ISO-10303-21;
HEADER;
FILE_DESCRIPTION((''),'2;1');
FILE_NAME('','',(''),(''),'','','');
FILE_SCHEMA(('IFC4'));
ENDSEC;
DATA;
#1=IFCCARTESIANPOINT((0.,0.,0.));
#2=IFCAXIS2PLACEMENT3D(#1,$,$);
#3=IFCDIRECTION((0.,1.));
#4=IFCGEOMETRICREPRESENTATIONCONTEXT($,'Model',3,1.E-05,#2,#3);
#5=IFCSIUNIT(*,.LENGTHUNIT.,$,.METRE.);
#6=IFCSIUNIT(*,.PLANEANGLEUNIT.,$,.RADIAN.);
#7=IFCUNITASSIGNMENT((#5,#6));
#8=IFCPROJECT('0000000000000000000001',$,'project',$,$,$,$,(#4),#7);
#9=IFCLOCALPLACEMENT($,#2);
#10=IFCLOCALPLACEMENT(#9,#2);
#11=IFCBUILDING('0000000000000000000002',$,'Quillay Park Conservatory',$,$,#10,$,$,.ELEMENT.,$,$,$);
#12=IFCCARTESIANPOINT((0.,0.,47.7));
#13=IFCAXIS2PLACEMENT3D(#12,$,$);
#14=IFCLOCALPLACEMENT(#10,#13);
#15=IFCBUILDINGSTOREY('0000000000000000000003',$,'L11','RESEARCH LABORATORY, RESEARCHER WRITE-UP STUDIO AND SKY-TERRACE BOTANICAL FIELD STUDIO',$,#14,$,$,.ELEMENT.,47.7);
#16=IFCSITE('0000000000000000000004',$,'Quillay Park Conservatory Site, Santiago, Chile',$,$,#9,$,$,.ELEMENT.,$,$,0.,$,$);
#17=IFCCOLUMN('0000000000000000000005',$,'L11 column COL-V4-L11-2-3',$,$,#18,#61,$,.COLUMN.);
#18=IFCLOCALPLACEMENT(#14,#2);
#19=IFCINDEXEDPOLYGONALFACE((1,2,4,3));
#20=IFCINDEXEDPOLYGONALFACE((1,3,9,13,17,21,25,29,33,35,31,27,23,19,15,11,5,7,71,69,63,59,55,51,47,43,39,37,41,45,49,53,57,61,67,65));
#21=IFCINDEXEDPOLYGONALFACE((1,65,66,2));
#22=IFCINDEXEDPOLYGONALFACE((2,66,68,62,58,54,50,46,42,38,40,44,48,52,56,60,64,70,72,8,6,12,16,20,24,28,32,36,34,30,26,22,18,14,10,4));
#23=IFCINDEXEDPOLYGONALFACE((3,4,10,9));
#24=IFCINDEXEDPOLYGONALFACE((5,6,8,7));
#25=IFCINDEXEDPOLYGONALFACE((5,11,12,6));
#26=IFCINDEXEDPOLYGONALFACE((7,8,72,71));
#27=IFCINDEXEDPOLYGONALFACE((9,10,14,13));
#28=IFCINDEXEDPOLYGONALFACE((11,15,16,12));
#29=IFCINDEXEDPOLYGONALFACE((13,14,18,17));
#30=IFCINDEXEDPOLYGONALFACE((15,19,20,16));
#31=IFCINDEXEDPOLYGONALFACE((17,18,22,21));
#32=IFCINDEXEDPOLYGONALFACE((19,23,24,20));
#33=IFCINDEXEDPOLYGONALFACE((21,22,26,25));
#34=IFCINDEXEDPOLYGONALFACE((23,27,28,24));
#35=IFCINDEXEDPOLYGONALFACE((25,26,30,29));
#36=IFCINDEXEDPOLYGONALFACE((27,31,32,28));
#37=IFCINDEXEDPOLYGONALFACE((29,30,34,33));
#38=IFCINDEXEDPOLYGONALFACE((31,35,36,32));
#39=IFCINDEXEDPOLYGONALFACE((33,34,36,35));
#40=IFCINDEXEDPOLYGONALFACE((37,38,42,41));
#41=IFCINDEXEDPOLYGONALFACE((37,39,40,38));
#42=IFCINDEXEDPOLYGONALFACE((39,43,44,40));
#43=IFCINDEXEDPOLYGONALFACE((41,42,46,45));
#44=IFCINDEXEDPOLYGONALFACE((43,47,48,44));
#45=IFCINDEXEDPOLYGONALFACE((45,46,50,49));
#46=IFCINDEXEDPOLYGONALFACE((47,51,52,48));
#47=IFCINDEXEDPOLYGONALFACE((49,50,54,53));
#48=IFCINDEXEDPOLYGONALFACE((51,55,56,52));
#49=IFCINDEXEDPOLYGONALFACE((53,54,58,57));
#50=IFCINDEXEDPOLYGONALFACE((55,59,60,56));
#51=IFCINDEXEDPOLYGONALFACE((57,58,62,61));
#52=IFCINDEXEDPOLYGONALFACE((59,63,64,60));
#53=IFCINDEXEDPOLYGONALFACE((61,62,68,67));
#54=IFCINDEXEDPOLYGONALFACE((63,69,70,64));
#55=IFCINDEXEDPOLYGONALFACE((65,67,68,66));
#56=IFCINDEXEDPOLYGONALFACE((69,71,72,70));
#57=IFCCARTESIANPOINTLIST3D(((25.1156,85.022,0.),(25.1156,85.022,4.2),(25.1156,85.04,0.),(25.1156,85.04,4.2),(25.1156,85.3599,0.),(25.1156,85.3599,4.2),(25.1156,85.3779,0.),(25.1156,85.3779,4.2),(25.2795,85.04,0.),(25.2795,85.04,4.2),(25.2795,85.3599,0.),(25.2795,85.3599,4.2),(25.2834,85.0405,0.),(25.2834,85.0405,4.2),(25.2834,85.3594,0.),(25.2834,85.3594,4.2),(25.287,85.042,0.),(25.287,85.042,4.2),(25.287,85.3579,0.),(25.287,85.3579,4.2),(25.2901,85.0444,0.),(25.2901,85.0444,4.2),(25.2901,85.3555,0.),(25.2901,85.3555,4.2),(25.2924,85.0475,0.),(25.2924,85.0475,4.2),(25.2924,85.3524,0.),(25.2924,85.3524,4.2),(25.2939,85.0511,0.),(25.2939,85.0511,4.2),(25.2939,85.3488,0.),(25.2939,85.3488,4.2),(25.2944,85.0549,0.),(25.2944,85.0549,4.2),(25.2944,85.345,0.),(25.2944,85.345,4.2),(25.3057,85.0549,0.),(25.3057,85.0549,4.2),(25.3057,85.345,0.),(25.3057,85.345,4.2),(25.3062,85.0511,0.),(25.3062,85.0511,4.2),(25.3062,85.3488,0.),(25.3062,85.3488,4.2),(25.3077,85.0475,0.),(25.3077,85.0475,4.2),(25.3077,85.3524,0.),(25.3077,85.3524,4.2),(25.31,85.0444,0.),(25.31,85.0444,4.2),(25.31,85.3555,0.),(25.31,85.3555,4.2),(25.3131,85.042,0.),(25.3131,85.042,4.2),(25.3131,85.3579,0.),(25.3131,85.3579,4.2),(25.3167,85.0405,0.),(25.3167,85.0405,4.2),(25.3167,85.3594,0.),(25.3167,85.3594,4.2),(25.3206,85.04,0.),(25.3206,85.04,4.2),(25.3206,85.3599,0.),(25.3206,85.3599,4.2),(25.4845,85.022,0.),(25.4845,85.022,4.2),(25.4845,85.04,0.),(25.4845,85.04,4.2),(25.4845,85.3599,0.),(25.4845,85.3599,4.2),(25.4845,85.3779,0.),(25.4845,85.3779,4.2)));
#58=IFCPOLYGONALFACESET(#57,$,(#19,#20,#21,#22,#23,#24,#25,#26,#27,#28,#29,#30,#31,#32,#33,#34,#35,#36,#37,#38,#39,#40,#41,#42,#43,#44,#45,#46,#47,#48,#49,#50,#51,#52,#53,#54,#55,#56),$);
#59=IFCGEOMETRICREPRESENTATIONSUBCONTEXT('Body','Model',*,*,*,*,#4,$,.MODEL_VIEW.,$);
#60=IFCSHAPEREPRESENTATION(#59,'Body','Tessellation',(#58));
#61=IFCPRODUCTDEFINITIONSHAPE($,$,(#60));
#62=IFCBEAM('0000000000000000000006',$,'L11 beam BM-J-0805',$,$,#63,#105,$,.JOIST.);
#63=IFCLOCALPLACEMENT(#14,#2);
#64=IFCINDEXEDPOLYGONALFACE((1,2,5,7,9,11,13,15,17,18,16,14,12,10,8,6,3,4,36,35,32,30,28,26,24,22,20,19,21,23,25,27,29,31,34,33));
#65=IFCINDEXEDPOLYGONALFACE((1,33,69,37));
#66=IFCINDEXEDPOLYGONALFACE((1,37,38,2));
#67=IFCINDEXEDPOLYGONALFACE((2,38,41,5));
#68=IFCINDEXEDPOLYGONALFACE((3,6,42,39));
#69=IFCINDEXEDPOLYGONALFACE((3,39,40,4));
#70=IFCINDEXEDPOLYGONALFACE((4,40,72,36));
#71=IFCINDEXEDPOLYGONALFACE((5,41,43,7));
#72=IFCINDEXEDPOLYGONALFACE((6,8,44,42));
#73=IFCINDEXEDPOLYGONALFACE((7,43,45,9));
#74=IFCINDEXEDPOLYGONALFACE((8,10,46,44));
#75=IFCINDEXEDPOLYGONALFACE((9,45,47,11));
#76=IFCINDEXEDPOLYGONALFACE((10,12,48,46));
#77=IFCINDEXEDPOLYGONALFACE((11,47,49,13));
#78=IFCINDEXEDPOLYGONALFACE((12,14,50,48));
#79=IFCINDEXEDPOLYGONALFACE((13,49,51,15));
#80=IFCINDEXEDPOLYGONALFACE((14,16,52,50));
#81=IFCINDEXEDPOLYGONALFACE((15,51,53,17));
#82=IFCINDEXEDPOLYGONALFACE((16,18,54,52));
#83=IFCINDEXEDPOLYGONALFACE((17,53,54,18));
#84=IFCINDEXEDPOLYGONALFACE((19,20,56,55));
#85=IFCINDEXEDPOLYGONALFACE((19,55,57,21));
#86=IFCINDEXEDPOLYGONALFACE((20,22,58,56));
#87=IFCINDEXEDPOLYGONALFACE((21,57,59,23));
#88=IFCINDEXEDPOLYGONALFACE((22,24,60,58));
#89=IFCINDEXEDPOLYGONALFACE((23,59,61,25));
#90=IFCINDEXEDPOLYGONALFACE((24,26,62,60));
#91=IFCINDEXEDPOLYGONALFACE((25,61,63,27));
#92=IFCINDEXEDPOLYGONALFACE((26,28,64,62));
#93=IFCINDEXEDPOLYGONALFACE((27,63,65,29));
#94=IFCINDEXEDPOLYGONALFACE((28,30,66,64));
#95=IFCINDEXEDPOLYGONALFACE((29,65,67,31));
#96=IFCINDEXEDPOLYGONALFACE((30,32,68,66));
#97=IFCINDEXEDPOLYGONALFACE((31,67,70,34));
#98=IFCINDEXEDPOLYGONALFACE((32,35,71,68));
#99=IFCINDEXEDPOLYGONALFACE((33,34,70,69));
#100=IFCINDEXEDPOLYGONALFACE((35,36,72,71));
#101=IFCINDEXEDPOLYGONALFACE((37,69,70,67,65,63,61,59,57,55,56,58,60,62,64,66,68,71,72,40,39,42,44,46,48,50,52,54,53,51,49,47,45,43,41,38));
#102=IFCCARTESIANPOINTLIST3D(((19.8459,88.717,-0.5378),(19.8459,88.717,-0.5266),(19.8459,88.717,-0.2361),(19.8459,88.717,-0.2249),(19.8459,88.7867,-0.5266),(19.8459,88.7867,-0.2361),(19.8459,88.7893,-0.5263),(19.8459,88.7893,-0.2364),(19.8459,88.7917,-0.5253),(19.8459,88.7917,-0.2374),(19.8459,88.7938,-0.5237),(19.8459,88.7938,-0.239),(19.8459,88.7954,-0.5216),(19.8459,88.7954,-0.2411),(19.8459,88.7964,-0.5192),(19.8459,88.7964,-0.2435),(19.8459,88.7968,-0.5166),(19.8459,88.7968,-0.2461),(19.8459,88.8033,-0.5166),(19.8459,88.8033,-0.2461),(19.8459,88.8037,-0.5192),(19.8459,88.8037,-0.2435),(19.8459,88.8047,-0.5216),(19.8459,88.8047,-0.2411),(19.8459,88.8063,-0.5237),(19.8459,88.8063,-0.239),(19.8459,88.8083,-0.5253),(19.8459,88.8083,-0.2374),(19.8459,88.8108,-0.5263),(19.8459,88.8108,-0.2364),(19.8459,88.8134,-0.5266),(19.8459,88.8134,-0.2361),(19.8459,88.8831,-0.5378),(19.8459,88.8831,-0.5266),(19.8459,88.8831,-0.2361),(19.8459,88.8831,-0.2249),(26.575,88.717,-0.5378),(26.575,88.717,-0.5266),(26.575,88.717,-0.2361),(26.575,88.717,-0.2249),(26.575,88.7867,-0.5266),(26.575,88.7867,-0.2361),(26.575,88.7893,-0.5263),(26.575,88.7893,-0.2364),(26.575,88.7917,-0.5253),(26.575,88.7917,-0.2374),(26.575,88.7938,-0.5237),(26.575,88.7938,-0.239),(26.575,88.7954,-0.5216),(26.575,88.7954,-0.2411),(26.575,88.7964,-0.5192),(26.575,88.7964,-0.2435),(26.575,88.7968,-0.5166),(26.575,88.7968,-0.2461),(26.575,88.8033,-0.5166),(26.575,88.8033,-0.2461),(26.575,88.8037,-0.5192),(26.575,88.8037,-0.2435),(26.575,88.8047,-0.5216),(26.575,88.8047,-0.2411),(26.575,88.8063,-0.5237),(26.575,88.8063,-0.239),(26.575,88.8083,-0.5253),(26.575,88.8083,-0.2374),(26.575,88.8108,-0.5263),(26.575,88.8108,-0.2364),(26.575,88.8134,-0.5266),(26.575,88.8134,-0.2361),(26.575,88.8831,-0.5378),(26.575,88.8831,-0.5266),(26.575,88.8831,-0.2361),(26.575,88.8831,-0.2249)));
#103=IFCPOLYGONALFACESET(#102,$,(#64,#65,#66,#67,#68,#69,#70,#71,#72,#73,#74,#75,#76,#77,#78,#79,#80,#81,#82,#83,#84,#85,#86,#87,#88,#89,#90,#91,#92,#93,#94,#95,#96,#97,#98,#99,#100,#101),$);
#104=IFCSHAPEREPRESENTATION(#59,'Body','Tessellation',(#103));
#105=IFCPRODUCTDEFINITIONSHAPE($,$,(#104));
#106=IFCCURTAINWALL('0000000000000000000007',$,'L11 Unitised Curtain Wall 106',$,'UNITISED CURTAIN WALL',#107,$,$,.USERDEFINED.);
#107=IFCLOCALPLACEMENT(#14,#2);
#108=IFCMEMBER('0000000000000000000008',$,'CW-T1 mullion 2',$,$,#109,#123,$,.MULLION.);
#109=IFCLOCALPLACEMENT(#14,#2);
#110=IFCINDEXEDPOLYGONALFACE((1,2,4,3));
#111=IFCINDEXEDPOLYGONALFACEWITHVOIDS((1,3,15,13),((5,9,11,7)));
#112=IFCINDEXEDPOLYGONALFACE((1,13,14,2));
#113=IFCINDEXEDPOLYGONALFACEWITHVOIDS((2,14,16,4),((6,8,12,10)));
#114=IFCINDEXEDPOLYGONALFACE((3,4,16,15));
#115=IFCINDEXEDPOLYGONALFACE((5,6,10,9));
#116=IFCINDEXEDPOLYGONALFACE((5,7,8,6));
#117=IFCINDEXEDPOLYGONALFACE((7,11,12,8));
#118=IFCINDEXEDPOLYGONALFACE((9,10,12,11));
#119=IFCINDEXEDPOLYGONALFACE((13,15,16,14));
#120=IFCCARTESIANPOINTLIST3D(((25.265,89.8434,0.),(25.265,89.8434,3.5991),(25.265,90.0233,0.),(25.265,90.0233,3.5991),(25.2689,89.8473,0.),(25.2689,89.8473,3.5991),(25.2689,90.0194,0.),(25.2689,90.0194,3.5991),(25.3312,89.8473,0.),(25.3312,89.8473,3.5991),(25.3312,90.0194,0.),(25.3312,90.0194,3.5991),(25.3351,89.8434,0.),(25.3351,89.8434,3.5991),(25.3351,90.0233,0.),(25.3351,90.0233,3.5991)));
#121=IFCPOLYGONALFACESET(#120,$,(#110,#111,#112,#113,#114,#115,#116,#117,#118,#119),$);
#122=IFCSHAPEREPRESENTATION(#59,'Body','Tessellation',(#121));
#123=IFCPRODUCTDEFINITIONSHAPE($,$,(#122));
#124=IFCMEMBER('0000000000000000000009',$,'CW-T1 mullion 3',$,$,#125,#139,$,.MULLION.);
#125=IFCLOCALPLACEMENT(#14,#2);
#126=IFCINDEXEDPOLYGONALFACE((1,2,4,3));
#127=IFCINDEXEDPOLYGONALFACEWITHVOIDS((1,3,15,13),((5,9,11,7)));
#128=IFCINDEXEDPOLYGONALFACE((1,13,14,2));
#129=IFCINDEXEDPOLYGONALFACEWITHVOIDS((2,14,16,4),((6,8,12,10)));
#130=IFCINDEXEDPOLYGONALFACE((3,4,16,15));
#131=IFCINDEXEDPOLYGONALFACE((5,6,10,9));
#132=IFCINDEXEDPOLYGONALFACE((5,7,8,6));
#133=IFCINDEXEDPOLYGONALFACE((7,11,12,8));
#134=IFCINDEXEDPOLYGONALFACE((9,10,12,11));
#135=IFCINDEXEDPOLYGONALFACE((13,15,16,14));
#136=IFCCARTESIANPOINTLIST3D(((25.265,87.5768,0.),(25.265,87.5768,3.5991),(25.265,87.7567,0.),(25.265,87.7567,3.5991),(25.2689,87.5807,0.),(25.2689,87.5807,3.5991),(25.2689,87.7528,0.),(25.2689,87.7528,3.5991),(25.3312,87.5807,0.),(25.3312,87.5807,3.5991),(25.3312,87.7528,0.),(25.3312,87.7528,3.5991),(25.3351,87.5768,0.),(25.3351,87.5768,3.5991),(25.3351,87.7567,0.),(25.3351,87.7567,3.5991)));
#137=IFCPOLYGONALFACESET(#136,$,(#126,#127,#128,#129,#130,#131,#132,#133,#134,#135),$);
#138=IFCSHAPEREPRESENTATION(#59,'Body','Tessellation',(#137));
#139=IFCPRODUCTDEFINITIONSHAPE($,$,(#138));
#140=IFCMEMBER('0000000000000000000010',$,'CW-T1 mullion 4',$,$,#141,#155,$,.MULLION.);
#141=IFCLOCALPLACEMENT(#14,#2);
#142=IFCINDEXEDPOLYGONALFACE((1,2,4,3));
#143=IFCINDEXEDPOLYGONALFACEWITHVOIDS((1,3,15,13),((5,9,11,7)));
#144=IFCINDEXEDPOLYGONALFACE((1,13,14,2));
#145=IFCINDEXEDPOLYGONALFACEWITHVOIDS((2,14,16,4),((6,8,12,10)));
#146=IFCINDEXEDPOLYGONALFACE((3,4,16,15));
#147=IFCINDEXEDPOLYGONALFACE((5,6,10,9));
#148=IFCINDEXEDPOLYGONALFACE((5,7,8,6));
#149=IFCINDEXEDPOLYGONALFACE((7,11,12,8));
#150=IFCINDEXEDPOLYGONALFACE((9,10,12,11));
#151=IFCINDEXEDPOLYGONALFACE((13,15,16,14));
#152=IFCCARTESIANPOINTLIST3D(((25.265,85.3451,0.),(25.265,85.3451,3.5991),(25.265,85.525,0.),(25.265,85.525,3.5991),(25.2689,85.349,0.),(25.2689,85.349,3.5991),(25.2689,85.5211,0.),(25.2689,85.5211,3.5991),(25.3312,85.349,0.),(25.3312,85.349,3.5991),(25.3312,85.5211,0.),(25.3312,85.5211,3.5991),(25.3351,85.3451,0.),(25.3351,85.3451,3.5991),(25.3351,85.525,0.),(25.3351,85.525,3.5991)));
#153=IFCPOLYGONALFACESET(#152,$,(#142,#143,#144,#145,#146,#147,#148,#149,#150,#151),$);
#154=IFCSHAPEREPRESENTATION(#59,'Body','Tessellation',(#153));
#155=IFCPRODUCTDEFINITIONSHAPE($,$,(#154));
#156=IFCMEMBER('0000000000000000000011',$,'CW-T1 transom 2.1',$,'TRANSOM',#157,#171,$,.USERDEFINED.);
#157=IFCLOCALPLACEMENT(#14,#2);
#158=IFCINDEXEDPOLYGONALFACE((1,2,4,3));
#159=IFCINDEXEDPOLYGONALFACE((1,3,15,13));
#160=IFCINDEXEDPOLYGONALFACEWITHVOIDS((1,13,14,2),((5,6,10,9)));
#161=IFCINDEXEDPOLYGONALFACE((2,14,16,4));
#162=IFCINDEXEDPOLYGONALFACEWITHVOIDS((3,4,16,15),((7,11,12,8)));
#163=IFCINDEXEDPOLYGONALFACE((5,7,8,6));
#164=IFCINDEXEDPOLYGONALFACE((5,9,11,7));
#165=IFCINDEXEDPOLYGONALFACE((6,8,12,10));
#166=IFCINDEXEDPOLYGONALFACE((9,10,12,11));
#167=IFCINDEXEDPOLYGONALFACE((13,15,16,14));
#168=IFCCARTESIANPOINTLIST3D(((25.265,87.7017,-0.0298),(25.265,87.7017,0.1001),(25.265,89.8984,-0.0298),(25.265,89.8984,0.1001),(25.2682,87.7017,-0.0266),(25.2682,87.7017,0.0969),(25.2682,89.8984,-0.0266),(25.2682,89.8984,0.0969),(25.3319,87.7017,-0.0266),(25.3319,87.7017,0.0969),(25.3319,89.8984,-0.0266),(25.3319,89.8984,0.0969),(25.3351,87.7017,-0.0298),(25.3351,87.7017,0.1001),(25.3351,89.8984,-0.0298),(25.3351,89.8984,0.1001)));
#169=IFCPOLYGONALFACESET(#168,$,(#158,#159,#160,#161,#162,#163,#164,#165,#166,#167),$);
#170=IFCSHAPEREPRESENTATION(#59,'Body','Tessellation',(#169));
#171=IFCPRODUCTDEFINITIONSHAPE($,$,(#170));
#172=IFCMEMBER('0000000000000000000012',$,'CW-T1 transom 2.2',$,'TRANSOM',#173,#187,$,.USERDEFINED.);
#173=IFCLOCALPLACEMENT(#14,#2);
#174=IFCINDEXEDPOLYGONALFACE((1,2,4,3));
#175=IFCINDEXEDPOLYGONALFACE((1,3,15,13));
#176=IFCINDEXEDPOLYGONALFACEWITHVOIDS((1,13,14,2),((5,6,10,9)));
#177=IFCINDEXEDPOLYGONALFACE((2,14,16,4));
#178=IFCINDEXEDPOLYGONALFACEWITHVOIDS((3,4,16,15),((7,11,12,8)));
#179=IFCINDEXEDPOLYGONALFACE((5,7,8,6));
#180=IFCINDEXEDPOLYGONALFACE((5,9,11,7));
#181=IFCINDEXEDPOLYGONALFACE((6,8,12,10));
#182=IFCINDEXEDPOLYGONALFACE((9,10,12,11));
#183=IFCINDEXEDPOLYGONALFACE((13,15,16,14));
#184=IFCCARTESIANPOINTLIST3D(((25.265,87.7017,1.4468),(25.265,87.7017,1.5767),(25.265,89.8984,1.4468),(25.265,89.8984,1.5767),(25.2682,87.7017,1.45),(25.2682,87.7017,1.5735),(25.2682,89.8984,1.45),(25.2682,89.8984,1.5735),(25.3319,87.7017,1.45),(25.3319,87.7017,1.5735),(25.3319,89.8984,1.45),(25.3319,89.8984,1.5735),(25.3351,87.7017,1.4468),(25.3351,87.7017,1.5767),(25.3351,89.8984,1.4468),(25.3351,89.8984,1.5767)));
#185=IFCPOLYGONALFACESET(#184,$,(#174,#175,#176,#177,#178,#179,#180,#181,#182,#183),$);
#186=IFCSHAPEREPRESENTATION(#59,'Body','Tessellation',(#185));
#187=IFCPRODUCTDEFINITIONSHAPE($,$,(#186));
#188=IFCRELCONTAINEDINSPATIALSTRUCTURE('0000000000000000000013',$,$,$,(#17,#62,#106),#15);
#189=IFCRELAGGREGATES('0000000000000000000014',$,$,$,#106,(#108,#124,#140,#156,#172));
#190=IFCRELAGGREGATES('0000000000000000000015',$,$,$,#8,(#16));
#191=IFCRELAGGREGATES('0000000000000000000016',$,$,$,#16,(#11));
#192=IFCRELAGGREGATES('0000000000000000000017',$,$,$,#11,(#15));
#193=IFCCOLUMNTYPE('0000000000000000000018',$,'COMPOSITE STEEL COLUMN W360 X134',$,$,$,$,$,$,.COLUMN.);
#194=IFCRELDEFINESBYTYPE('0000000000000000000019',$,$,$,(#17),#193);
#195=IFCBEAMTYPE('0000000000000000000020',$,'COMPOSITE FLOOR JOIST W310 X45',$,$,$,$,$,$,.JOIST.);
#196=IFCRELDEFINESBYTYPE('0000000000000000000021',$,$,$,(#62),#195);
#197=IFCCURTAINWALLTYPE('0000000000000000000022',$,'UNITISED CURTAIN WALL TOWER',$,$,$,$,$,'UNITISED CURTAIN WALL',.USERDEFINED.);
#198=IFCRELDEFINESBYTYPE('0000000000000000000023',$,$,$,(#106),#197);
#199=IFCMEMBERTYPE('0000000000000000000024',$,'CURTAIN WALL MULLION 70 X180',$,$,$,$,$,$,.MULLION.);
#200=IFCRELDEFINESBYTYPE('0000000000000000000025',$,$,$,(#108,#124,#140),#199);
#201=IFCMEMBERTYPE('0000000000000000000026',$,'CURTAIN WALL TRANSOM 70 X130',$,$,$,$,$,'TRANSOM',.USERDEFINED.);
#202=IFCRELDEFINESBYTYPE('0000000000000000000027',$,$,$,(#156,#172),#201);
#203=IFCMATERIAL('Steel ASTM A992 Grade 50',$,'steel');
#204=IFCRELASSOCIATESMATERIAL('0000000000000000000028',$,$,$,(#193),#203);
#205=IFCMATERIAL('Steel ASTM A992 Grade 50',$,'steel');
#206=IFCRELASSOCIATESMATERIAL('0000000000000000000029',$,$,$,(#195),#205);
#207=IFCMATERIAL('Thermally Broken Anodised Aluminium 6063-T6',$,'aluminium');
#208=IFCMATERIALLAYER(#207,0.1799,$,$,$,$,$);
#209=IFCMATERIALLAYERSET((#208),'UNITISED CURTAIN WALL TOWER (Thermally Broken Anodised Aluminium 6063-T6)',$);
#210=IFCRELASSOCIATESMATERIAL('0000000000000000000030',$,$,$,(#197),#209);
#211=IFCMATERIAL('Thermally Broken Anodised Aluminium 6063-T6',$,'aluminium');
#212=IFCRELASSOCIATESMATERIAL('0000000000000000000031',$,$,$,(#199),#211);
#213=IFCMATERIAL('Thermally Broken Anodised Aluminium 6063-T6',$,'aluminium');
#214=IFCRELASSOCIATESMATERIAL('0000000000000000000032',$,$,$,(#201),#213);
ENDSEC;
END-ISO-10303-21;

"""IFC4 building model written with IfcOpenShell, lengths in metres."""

from ifc_helpers import new_model, si_unit, direction, frame, origin, origin_2d, place, context, subcontext, project, spatial, hollow_rectangle, i_section, extrude, material, layer, layer_set, material_profile, profile_set, type_object, element, aggregate, save


model = new_model("IFC4")

# Units and contexts
model_context = context("Model", 3, precision=1e-05, world=origin(), true_north=direction((0.0, 1.0)))
body_context = subcontext(model_context, "Body", "Model", "MODEL_VIEW")
ifc_project = project(units=[si_unit("LENGTHUNIT", "METRE"), si_unit("PLANEANGLEUNIT", "RADIAN")], contexts=[model_context])

# Site, building, storey
site_placement = place(None, origin())
site = spatial("IfcSite", under=ifc_project, at=site_placement, Name="Quillay Park Conservatory Site, Santiago, Chile", CompositionType="ELEMENT", RefElevation=0.0)
building_placement = place(site_placement, origin())
building = spatial("IfcBuilding", under=site, at=building_placement, Name="Quillay Park Conservatory", CompositionType="ELEMENT")
storey_placement = place(building_placement, frame((0.0, 0.0, 47.7)))
storey = spatial("IfcBuildingStorey", under=building, at=storey_placement, Name="L11", Description="RESEARCH LABORATORY, RESEARCHER WRITE-UP STUDIO AND SKY-TERRACE BOTANICAL FIELD STUDIO", CompositionType="ELEMENT", Elevation=47.7)

# Column
ifc_material_1 = material(Name="Steel ASTM A992 Grade 50", Category="steel")
ifc_material_profile_1 = material_profile(ifc_material_1, i_section(OverallWidth=0.3689, OverallDepth=0.356, WebThickness=0.0112, FlangeThickness=0.0181, FilletRadius=0.0149, at=origin_2d()), Name="W360x134")
ifc_profile_set_1 = profile_set([ifc_material_profile_1], Name="Steel ASTM A992 Grade 50")
column_type = type_object("IfcColumnType", Name="COMPOSITE STEEL COLUMN W360 X134", PredefinedType="COLUMN", material=ifc_profile_set_1)
column_placement = place(storey_placement, frame((25.3, 85.2, 0.0), z_axis=(0.0, 0.0, 1.0), x_axis=(1.0, 0.0, 0.0)))
element("IfcColumn", 1, at=column_placement, inside=storey, type_object=column_type, Name="L11 column COL-V4-L11-2-3", PredefinedType="COLUMN", context=body_context, shape_type="SweptSolid", body=[
    extrude(i_section(OverallWidth=0.3689, OverallDepth=0.356, WebThickness=0.0112, FlangeThickness=0.0181, FilletRadius=0.0149, at=origin_2d()), origin(), (0.0, 0.0, 1.0), 4.2),
])

# Beam
ifc_material_2 = material(Name="Steel ASTM A992 Grade 50", Category="steel")
ifc_material_profile_2 = material_profile(ifc_material_2, i_section(OverallWidth=0.166, OverallDepth=0.313, WebThickness=0.0066, FlangeThickness=0.0112, FilletRadius=0.01, at=origin_2d()), Name="W310x45")
ifc_profile_set_2 = profile_set([ifc_material_profile_2], Name="Steel ASTM A992 Grade 50")
beam_type_1 = type_object("IfcBeamType", Name="COMPOSITE FLOOR JOIST W310 X45", PredefinedType="JOIST", material=ifc_profile_set_2)
beam_1_placement = place(storey_placement, frame((19.8459, 88.8, -0.3813), z_axis=(1.0, 0.0, 0.0), x_axis=(0.0, 1.0, 0.0)))
element("IfcBeam", 2, at=beam_1_placement, inside=storey, type_object=beam_type_1, Name="L11 beam BM-J-0805", PredefinedType="JOIST", context=body_context, shape_type="SweptSolid", body=[
    extrude(i_section(OverallWidth=0.166, OverallDepth=0.313, WebThickness=0.0066, FlangeThickness=0.0112, FilletRadius=0.01, at=origin_2d()), origin(), (0.0, 0.0, 1.0), 6.729),
])

# Curtain wall, members
ifc_material_3 = material(Name="Thermally Broken Anodised Aluminium 6063-T6", Category="aluminium")
ifc_layer_1 = layer(ifc_material_3, 0.1799)
ifc_layer_set_1 = layer_set([ifc_layer_1], Name="UNITISED CURTAIN WALL TOWER (Thermally Broken Anodised Aluminium 6063-T6)")
curtain_wall_type = type_object("IfcCurtainWallType", Name="UNITISED CURTAIN WALL TOWER", ElementType="UNITISED CURTAIN WALL", PredefinedType="USERDEFINED", material=ifc_layer_set_1)
curtain_wall_placement = place(storey_placement, origin())
curtain_wall = element("IfcCurtainWall", 3, at=curtain_wall_placement, inside=storey, type_object=curtain_wall_type, Name="L11 Unitised Curtain Wall 106", ObjectType="UNITISED CURTAIN WALL", PredefinedType="USERDEFINED")
ifc_material_4 = material(Name="Thermally Broken Anodised Aluminium 6063-T6", Category="aluminium")
ifc_material_profile_3 = material_profile(ifc_material_4, hollow_rectangle(XDim=0.0701, YDim=0.1799, WallThickness=0.0039, at=origin_2d()), Name="AL70x180x4")
ifc_profile_set_3 = profile_set([ifc_material_profile_3], Name="Thermally Broken Anodised Aluminium 6063-T6")
member_type_1 = type_object("IfcMemberType", Name="CURTAIN WALL MULLION 70 X180", PredefinedType="MULLION", material=ifc_profile_set_3)
member_1_placement = place(storey_placement, frame((25.3, 89.9333, 0.0), z_axis=(0.0, 0.0, 1.0), x_axis=(1.0, 0.0, 0.0)))
member_1 = element("IfcMember", 4, at=member_1_placement, type_object=member_type_1, Name="CW-T1 mullion 2", PredefinedType="MULLION", context=body_context, shape_type="SweptSolid", body=[
    extrude(hollow_rectangle(XDim=0.0701, YDim=0.1799, WallThickness=0.0039, at=origin_2d()), origin(), (0.0, 0.0, 1.0), 3.5991),
])
member_2_placement = place(storey_placement, frame((25.3, 87.6667, 0.0), z_axis=(0.0, 0.0, 1.0), x_axis=(1.0, 0.0, 0.0)))
member_2 = element("IfcMember", 5, at=member_2_placement, type_object=member_type_1, Name="CW-T1 mullion 3", PredefinedType="MULLION", context=body_context, shape_type="SweptSolid", body=[
    extrude(hollow_rectangle(XDim=0.0701, YDim=0.1799, WallThickness=0.0039, at=origin_2d()), origin(), (0.0, 0.0, 1.0), 3.5991),
])
member_3_placement = place(storey_placement, frame((25.3, 85.4351, 0.0), z_axis=(0.0, 0.0, 1.0), x_axis=(1.0, 0.0, 0.0)))
member_3 = element("IfcMember", 6, at=member_3_placement, type_object=member_type_1, Name="CW-T1 mullion 4", PredefinedType="MULLION", context=body_context, shape_type="SweptSolid", body=[
    extrude(hollow_rectangle(XDim=0.0701, YDim=0.1799, WallThickness=0.0039, at=origin_2d()), origin(), (0.0, 0.0, 1.0), 3.5991),
])
ifc_material_5 = material(Name="Thermally Broken Anodised Aluminium 6063-T6", Category="aluminium")
ifc_material_profile_4 = material_profile(ifc_material_5, hollow_rectangle(XDim=0.0701, YDim=0.1299, WallThickness=0.0032, at=origin_2d()), Name="AL70x130x3.2")
ifc_profile_set_4 = profile_set([ifc_material_profile_4], Name="Thermally Broken Anodised Aluminium 6063-T6")
member_type_2 = type_object("IfcMemberType", Name="CURTAIN WALL TRANSOM 70 X130", ElementType="TRANSOM", PredefinedType="USERDEFINED", material=ifc_profile_set_4)
member_4_placement = place(storey_placement, frame((25.3, 89.8984, 0.0352), z_axis=(0.0, -1.0, 0.0), x_axis=(1.0, 0.0, 0.0)))
member_4 = element("IfcMember", 7, at=member_4_placement, type_object=member_type_2, Name="CW-T1 transom 2.1", ObjectType="TRANSOM", PredefinedType="USERDEFINED", context=body_context, shape_type="SweptSolid", body=[
    extrude(hollow_rectangle(XDim=0.0701, YDim=0.1299, WallThickness=0.0032, at=origin_2d()), origin(), (0.0, 0.0, 1.0), 2.1968),
])
member_5_placement = place(storey_placement, frame((25.3, 89.8984, 1.5117), z_axis=(0.0, -1.0, 0.0), x_axis=(1.0, 0.0, 0.0)))
member_5 = element("IfcMember", 8, at=member_5_placement, type_object=member_type_2, Name="CW-T1 transom 2.2", ObjectType="TRANSOM", PredefinedType="USERDEFINED", context=body_context, shape_type="SweptSolid", body=[
    extrude(hollow_rectangle(XDim=0.0701, YDim=0.1299, WallThickness=0.0032, at=origin_2d()), origin(), (0.0, 0.0, 1.0), 2.1968),
])

aggregate(curtain_wall, [member_1, member_2, member_3, member_4, member_5])

save(model, "model.ifc")
